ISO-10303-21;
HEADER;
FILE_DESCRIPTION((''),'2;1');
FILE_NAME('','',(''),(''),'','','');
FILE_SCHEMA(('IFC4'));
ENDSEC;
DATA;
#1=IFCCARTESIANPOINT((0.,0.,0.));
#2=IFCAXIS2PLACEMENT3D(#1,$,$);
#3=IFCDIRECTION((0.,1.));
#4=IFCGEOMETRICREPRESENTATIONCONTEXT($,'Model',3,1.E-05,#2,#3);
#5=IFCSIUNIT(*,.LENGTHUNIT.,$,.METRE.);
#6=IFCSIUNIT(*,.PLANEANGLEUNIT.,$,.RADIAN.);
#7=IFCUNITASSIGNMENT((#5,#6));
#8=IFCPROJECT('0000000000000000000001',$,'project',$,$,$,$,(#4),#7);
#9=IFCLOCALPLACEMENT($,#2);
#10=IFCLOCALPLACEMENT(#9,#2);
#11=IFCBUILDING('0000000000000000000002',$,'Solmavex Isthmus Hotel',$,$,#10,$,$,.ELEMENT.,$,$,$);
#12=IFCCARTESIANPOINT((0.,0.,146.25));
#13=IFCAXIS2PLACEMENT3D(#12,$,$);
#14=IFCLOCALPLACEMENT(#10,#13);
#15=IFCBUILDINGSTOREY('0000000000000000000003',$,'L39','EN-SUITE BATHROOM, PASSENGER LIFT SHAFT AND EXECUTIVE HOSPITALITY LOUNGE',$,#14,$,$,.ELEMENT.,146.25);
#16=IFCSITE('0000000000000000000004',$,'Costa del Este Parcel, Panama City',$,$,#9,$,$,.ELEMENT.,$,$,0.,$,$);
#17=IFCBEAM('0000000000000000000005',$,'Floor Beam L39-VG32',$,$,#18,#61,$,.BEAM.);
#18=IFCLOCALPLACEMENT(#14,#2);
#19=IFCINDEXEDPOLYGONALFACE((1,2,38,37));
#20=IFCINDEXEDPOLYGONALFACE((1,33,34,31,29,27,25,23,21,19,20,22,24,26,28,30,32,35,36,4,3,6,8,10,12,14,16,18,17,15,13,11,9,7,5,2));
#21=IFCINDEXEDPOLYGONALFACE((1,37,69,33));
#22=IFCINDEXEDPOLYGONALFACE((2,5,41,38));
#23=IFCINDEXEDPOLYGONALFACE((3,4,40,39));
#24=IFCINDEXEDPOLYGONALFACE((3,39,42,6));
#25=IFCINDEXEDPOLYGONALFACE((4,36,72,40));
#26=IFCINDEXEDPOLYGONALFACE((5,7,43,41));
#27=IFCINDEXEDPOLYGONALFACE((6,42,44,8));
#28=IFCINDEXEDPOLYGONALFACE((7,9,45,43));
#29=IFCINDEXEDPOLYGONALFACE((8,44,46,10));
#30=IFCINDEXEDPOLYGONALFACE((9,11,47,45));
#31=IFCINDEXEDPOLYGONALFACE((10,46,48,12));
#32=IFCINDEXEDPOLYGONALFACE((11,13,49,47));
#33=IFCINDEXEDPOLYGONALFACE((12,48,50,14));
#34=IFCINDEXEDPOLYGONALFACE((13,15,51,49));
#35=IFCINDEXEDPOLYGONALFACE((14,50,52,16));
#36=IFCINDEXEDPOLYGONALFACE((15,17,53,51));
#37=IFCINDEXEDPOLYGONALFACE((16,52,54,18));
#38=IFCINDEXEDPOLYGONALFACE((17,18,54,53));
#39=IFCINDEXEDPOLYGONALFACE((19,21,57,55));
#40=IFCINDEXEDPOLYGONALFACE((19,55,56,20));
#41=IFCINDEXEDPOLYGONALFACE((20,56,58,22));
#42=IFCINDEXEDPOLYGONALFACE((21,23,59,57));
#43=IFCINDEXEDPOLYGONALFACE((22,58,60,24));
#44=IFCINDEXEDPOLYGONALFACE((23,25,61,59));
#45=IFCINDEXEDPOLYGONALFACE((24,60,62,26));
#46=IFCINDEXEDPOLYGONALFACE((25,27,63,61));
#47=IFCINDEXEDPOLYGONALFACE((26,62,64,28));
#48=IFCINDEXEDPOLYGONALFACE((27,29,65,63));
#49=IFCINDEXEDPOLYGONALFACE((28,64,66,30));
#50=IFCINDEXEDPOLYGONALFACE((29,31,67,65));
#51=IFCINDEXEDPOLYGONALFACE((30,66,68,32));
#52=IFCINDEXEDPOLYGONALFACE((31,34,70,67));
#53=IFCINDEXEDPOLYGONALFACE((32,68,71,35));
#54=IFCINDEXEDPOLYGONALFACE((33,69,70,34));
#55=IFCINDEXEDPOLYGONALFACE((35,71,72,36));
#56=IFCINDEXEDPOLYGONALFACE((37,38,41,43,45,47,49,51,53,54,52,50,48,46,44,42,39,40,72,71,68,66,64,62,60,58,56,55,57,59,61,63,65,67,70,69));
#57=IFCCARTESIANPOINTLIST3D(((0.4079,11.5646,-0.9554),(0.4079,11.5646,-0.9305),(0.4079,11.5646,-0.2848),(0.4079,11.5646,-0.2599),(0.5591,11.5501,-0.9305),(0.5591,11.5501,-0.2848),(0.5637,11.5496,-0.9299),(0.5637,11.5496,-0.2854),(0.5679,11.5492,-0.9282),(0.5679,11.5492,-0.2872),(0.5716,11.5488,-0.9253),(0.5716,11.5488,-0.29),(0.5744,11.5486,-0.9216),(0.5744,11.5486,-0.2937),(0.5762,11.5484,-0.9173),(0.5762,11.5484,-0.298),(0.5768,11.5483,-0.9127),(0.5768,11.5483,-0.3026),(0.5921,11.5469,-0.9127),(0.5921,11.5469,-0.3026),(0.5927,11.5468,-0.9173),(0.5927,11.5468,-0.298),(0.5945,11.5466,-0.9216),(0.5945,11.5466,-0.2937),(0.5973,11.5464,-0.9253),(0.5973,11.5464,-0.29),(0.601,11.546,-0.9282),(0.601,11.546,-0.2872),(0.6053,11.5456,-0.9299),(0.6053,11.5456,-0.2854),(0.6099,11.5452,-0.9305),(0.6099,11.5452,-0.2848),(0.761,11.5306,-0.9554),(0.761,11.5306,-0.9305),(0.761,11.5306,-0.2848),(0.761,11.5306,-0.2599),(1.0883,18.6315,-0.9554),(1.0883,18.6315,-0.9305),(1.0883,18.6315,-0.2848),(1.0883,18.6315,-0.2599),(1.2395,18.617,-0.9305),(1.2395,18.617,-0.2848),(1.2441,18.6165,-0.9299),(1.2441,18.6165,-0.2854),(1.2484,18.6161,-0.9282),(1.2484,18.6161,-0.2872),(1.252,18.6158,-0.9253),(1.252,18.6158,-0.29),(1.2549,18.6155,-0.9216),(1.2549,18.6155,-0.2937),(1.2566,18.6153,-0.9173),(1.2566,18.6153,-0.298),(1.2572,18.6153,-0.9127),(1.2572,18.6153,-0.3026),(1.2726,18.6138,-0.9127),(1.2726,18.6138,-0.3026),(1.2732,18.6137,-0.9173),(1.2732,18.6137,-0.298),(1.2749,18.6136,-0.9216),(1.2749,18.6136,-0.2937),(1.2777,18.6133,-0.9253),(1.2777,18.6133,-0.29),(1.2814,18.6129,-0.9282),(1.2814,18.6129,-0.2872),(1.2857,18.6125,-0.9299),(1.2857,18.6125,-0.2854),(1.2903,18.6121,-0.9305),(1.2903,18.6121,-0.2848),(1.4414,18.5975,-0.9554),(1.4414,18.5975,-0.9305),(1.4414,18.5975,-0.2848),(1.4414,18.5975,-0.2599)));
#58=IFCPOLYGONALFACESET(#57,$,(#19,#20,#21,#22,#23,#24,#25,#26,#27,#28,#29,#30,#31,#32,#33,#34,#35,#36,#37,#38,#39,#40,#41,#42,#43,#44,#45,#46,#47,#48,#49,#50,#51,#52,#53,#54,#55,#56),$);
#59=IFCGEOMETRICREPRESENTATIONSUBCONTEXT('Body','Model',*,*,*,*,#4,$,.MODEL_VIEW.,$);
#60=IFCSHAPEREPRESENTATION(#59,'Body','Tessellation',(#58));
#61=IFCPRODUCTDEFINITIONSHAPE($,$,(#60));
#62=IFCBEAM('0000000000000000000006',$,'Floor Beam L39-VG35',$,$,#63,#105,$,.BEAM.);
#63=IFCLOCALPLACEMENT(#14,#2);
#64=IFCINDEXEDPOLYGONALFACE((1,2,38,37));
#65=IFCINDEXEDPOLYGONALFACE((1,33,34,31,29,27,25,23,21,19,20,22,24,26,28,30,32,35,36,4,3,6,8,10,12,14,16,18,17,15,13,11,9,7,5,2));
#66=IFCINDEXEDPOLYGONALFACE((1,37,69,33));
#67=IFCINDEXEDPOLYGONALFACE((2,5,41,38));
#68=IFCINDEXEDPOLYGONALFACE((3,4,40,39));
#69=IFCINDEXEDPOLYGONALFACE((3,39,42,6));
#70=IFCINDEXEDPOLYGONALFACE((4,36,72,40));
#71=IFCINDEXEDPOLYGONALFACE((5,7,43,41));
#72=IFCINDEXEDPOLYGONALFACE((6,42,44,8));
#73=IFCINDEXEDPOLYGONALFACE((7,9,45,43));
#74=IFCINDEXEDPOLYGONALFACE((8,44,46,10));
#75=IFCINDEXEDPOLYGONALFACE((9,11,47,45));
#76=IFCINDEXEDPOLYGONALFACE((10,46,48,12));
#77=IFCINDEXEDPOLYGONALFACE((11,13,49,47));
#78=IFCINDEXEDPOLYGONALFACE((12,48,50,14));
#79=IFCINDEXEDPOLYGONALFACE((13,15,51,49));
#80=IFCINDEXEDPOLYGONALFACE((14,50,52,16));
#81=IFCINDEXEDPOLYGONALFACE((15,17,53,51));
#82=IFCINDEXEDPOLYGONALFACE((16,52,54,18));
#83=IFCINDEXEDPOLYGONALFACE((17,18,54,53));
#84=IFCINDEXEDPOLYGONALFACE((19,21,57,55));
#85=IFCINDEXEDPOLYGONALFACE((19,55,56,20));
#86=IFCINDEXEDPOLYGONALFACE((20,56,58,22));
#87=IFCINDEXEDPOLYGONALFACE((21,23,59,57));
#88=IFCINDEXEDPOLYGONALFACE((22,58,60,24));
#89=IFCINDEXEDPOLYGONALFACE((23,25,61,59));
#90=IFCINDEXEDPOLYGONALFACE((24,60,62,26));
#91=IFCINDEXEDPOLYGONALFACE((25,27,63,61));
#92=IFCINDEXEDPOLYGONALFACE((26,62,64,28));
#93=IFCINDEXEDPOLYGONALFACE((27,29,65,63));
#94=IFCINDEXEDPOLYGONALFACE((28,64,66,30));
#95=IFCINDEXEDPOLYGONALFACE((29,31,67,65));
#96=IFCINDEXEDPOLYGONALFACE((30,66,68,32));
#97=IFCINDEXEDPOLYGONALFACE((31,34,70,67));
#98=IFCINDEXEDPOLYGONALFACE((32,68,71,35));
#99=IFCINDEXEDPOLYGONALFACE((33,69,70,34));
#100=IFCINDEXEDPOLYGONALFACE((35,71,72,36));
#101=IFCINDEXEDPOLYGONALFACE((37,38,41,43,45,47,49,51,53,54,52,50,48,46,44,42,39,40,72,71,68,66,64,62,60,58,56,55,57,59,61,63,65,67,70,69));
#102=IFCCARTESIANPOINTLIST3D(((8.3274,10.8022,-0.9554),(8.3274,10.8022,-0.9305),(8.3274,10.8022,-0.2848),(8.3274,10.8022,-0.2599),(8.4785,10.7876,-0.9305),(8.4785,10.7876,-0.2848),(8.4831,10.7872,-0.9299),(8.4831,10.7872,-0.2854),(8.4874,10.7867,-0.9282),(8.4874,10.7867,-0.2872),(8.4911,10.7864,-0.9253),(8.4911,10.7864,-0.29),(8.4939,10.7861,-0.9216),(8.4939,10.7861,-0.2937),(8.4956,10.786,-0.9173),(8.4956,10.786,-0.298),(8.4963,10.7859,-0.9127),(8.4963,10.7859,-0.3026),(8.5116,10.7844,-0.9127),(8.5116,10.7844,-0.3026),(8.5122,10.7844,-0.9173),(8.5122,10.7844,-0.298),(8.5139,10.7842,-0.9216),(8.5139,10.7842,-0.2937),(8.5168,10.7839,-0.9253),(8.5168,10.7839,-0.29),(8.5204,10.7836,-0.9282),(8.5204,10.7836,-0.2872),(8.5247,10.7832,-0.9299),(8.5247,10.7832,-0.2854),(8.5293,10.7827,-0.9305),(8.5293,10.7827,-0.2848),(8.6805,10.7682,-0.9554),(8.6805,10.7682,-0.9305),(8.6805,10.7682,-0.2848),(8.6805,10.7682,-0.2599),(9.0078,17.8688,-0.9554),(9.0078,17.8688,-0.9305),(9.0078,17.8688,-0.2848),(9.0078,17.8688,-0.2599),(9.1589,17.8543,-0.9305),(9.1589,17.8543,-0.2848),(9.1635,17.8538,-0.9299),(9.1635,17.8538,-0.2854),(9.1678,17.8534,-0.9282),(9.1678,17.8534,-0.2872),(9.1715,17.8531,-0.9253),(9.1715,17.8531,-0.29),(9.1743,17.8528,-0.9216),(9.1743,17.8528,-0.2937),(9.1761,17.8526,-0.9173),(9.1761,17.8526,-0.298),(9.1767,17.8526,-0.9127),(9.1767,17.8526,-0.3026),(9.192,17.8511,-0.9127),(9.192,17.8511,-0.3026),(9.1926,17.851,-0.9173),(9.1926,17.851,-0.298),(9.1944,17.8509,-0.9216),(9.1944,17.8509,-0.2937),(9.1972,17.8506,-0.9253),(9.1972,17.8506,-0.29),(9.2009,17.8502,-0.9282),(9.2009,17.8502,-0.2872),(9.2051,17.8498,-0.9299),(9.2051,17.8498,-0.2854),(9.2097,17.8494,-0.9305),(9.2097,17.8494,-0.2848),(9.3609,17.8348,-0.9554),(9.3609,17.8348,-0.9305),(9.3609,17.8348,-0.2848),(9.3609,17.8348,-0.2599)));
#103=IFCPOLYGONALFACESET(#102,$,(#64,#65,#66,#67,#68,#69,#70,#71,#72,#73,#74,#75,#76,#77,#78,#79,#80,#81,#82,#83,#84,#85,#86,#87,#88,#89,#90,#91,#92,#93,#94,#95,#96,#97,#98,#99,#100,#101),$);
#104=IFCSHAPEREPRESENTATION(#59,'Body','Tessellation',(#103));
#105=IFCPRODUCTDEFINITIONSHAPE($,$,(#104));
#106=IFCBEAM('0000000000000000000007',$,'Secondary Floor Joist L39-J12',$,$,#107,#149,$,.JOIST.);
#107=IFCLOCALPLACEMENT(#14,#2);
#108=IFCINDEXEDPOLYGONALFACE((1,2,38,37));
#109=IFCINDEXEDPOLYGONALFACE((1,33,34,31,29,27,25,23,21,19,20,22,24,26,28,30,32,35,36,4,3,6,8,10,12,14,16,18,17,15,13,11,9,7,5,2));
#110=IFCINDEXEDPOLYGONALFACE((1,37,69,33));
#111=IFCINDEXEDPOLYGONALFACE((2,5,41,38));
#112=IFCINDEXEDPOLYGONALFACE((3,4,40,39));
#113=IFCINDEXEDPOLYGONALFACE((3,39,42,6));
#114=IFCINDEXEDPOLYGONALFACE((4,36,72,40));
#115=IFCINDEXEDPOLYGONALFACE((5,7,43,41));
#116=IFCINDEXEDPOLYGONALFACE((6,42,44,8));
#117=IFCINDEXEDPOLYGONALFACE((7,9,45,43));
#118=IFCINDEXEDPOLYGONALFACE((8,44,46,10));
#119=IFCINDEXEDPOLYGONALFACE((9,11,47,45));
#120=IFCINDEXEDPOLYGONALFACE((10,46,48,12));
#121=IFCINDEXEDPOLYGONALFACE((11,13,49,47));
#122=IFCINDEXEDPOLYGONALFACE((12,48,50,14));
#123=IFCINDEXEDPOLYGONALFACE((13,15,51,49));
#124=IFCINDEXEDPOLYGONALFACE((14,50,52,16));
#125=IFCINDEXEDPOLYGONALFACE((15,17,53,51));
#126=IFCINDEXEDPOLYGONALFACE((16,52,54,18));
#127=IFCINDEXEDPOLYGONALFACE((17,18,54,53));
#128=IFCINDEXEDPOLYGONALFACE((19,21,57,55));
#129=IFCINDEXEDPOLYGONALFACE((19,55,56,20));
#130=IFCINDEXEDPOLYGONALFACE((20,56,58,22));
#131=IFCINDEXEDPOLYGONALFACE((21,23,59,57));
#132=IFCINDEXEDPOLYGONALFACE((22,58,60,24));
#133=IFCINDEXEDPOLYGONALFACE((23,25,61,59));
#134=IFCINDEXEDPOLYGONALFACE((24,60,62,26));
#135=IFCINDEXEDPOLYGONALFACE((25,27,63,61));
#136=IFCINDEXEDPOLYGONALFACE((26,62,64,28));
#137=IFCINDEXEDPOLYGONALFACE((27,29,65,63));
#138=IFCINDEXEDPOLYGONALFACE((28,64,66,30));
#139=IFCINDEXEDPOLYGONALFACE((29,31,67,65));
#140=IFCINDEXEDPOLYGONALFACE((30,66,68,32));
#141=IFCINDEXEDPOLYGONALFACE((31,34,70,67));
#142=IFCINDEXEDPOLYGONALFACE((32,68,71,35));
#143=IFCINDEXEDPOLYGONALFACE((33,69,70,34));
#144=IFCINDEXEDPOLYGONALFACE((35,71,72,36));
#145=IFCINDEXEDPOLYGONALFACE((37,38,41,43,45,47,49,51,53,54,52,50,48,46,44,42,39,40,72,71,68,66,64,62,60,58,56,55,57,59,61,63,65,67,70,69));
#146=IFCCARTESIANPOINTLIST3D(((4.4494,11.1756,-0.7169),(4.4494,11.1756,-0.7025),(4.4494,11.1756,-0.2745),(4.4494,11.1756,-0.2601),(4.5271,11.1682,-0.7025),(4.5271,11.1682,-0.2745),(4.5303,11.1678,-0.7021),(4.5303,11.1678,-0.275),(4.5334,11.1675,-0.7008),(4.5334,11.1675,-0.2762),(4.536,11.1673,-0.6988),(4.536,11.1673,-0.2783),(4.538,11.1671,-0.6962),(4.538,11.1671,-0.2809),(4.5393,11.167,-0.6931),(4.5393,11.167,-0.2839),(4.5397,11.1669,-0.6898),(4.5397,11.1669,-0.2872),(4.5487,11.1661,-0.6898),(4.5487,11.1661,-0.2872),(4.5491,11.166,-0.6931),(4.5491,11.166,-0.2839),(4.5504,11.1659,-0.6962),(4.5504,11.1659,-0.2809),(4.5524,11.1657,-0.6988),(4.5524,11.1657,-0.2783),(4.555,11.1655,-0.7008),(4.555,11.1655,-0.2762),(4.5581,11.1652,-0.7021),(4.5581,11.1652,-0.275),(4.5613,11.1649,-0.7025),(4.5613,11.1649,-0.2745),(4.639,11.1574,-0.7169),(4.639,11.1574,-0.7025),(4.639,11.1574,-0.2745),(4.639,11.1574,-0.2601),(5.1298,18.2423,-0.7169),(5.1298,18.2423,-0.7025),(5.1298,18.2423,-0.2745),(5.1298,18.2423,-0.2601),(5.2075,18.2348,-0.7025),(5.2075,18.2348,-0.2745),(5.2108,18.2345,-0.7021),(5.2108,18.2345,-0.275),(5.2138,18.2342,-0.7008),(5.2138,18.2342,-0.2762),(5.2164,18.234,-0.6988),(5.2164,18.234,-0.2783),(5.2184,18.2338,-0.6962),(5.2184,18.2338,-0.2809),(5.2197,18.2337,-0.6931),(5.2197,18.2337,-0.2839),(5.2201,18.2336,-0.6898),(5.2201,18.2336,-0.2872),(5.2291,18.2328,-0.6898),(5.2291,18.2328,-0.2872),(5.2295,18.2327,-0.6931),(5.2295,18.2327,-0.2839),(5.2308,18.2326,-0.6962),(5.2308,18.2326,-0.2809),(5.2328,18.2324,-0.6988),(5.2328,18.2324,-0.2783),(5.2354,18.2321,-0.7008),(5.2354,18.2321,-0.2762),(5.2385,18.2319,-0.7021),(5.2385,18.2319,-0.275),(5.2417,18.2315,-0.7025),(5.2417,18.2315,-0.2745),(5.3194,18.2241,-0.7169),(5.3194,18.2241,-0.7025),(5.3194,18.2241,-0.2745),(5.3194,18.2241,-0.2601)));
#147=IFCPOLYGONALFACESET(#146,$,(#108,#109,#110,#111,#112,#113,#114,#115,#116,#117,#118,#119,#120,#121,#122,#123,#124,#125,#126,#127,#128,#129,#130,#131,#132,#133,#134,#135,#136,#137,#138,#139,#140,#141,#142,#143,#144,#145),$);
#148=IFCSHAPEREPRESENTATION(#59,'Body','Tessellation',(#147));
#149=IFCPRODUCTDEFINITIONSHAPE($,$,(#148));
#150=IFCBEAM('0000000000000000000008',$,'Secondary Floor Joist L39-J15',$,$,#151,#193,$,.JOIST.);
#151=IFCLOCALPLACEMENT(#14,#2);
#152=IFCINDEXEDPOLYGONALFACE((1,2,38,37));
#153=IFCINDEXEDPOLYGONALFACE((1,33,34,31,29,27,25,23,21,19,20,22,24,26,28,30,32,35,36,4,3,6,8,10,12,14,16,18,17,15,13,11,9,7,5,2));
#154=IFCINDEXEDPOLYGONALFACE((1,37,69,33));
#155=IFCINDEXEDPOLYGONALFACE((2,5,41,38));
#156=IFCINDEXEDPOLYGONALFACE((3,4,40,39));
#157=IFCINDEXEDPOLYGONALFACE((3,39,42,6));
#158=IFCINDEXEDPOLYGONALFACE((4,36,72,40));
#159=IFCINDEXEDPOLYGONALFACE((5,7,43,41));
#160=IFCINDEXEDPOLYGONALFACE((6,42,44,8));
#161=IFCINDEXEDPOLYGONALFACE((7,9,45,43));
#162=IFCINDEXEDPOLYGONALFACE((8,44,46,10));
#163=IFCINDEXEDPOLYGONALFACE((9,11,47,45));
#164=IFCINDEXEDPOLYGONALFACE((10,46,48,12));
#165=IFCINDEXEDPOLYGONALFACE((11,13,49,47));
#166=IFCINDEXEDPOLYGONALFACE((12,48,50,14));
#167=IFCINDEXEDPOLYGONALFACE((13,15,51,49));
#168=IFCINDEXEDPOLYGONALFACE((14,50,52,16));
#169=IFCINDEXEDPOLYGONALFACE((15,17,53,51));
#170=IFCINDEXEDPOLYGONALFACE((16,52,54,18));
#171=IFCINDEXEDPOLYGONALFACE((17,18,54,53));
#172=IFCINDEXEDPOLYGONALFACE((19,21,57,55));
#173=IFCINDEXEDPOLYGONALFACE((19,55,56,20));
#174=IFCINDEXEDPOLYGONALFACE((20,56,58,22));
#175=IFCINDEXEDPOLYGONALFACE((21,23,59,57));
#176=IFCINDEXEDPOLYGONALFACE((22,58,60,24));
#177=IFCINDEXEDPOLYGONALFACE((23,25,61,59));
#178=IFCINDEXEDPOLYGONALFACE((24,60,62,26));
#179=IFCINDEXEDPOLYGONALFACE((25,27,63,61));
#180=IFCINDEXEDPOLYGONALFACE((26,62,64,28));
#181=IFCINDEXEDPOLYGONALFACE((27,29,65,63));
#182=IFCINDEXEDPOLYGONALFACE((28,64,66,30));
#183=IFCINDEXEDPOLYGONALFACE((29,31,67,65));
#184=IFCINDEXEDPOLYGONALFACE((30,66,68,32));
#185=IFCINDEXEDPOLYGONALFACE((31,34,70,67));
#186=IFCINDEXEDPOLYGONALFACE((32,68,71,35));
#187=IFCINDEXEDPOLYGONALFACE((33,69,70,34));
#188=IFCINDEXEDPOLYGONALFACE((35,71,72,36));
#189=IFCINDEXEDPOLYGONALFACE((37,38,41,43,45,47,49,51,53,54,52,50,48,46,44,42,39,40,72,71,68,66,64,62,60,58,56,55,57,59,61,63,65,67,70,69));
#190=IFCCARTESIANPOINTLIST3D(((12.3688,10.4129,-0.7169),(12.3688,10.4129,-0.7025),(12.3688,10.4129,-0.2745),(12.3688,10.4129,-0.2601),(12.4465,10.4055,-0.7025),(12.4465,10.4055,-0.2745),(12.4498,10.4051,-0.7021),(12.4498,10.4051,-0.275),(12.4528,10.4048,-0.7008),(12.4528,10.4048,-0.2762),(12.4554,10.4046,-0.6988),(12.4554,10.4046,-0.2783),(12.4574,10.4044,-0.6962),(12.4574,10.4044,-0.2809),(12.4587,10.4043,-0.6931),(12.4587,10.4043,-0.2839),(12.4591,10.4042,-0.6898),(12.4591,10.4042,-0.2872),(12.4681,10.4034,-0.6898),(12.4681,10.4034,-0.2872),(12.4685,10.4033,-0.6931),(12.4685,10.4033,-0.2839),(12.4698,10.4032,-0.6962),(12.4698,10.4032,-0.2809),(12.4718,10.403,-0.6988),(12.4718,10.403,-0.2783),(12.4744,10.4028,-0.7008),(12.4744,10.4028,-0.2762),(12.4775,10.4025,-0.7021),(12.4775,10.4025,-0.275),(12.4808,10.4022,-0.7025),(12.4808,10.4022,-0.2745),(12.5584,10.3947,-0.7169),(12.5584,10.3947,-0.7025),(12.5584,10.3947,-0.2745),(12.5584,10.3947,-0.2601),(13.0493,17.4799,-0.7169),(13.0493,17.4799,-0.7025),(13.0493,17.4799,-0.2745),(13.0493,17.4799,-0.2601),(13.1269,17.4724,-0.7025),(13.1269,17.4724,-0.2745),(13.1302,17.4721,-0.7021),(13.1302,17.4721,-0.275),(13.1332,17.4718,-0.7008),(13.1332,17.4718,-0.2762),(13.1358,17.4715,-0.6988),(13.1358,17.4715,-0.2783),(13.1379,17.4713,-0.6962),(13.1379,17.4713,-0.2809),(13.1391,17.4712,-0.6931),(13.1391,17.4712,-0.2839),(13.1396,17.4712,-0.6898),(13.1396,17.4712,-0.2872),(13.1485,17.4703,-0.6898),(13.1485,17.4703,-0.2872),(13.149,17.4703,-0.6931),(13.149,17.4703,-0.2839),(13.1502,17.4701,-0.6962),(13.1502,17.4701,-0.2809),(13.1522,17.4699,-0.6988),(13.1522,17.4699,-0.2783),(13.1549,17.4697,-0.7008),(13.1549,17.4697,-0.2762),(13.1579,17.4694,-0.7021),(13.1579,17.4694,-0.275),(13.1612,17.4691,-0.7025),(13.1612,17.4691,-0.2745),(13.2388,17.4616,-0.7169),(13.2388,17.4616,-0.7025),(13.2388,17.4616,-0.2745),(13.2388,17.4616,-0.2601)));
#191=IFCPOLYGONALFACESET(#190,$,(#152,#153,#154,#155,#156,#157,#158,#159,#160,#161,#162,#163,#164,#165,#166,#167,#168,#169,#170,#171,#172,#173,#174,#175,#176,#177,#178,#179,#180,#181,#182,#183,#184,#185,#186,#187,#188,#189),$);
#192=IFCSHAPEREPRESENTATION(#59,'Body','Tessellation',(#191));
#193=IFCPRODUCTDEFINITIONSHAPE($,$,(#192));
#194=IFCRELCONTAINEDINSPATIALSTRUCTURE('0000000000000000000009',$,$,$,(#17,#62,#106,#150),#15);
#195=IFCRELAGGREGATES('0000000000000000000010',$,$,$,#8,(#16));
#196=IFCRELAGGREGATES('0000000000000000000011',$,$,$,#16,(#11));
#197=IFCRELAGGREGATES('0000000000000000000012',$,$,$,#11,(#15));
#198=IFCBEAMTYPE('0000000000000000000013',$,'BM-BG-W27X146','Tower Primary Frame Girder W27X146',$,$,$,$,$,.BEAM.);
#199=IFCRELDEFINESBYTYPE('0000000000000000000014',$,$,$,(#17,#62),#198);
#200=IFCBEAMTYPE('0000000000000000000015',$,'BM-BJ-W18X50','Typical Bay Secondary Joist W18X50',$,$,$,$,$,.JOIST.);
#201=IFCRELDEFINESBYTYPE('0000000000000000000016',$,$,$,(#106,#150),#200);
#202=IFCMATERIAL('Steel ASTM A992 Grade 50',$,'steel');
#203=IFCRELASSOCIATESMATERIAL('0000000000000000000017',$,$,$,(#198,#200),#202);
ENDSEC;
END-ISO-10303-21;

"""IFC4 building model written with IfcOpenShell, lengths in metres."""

from ifc_helpers import new_model, si_unit, direction, frame, origin, origin_2d, place, context, subcontext, project, spatial, i_section, extrude, material, material_profile, profile_set, type_object, element, save


model = new_model("IFC4")

# Units and contexts
model_context = context("Model", 3, precision=1e-05, world=origin(), true_north=direction((0.0, 1.0)))
body_context = subcontext(model_context, "Body", "Model", "MODEL_VIEW")
ifc_project = project(units=[si_unit("LENGTHUNIT", "METRE"), si_unit("PLANEANGLEUNIT", "RADIAN")], contexts=[model_context])

# Site, building, storey
site_placement = place(None, origin())
site = spatial("IfcSite", under=ifc_project, at=site_placement, Name="Costa del Este Parcel, Panama City", CompositionType="ELEMENT", RefElevation=0.0)
building_placement = place(site_placement, origin())
building = spatial("IfcBuilding", under=site, at=building_placement, Name="Solmavex Isthmus Hotel", CompositionType="ELEMENT")
storey_placement = place(building_placement, frame((0.0, 0.0, 146.25)))
storey = spatial("IfcBuildingStorey", under=building, at=storey_placement, Name="L39", Description="EN-SUITE BATHROOM, PASSENGER LIFT SHAFT AND EXECUTIVE HOSPITALITY LOUNGE", CompositionType="ELEMENT", Elevation=146.25)

# Beams
ifc_material_1 = material(Name="Steel ASTM A992 Grade 50", Category="steel")
ifc_material_profile_1 = material_profile(ifc_material_1, i_section(OverallWidth=0.3547, OverallDepth=0.6956, WebThickness=0.0154, FlangeThickness=0.0249, FilletRadius=0.0178, at=origin_2d()), Name="W27X146")
ifc_profile_set_1 = profile_set([ifc_material_profile_1], Name="Steel ASTM A992 Grade 50")
beam_type_1 = type_object("IfcBeamType", Name="BM-BG-W27X146", Description="Tower Primary Frame Girder W27X146", PredefinedType="BEAM", material=ifc_profile_set_1)
beam_1_placement = place(storey_placement, frame((0.5845, 11.5476, -0.6077), z_axis=(0.09584, 0.995397, 0.0), x_axis=(-0.995397, 0.09584, 0.0)))
element("IfcBeam", 1, at=beam_1_placement, inside=storey, type_object=beam_type_1, Name="Floor Beam L39-VG32", PredefinedType="BEAM", context=body_context, shape_type="SweptSolid", body=[
    extrude(i_section(OverallWidth=0.3547, OverallDepth=0.6956, WebThickness=0.0154, FlangeThickness=0.0249, FilletRadius=0.0178, at=origin_2d()), origin(), (0.0, 0.0, 1.0), 7.0996),
])
beam_2_placement = place(storey_placement, frame((8.5039, 10.7852, -0.6077), z_axis=(0.095843, 0.995396, 0.0), x_axis=(-0.995396, 0.095843, 0.0)))
element("IfcBeam", 2, at=beam_2_placement, inside=storey, type_object=beam_type_1, Name="Floor Beam L39-VG35", PredefinedType="BEAM", context=body_context, shape_type="SweptSolid", body=[
    extrude(i_section(OverallWidth=0.3547, OverallDepth=0.6956, WebThickness=0.0154, FlangeThickness=0.0249, FilletRadius=0.0178, at=origin_2d()), origin(), (0.0, 0.0, 1.0), 7.0994),
])
ifc_material_profile_2 = material_profile(ifc_material_1, i_section(OverallWidth=0.1904, OverallDepth=0.4568, WebThickness=0.009, FlangeThickness=0.0144, FilletRadius=0.0127, at=origin_2d()), Name="W18X50")
ifc_profile_set_2 = profile_set([ifc_material_profile_2], Name="Steel ASTM A992 Grade 50")
beam_type_2 = type_object("IfcBeamType", Name="BM-BJ-W18X50", Description="Typical Bay Secondary Joist W18X50", PredefinedType="JOIST", material=ifc_profile_set_2)
beam_3_placement = place(storey_placement, frame((4.5442, 11.1665, -0.4885), z_axis=(0.095843, 0.995396, 0.0), x_axis=(-0.995396, 0.095843, 0.0)))
element("IfcBeam", 3, at=beam_3_placement, inside=storey, type_object=beam_type_2, Name="Secondary Floor Joist L39-J12", PredefinedType="JOIST", context=body_context, shape_type="SweptSolid", body=[
    extrude(i_section(OverallWidth=0.1904, OverallDepth=0.4568, WebThickness=0.009, FlangeThickness=0.0144, FilletRadius=0.0127, at=origin_2d()), origin(), (0.0, 0.0, 1.0), 7.0994),
])
beam_4_placement = place(storey_placement, frame((12.4636, 10.4038, -0.4885), z_axis=(0.09584, 0.995397, 0.0), x_axis=(-0.995397, 0.09584, 0.0)))
element("IfcBeam", 4, at=beam_4_placement, inside=storey, type_object=beam_type_2, Name="Secondary Floor Joist L39-J15", PredefinedType="JOIST", context=body_context, shape_type="SweptSolid", body=[
    extrude(i_section(OverallWidth=0.1904, OverallDepth=0.4568, WebThickness=0.009, FlangeThickness=0.0144, FilletRadius=0.0127, at=origin_2d()), origin(), (0.0, 0.0, 1.0), 7.0996),
])

save(model, "model.ifc")
